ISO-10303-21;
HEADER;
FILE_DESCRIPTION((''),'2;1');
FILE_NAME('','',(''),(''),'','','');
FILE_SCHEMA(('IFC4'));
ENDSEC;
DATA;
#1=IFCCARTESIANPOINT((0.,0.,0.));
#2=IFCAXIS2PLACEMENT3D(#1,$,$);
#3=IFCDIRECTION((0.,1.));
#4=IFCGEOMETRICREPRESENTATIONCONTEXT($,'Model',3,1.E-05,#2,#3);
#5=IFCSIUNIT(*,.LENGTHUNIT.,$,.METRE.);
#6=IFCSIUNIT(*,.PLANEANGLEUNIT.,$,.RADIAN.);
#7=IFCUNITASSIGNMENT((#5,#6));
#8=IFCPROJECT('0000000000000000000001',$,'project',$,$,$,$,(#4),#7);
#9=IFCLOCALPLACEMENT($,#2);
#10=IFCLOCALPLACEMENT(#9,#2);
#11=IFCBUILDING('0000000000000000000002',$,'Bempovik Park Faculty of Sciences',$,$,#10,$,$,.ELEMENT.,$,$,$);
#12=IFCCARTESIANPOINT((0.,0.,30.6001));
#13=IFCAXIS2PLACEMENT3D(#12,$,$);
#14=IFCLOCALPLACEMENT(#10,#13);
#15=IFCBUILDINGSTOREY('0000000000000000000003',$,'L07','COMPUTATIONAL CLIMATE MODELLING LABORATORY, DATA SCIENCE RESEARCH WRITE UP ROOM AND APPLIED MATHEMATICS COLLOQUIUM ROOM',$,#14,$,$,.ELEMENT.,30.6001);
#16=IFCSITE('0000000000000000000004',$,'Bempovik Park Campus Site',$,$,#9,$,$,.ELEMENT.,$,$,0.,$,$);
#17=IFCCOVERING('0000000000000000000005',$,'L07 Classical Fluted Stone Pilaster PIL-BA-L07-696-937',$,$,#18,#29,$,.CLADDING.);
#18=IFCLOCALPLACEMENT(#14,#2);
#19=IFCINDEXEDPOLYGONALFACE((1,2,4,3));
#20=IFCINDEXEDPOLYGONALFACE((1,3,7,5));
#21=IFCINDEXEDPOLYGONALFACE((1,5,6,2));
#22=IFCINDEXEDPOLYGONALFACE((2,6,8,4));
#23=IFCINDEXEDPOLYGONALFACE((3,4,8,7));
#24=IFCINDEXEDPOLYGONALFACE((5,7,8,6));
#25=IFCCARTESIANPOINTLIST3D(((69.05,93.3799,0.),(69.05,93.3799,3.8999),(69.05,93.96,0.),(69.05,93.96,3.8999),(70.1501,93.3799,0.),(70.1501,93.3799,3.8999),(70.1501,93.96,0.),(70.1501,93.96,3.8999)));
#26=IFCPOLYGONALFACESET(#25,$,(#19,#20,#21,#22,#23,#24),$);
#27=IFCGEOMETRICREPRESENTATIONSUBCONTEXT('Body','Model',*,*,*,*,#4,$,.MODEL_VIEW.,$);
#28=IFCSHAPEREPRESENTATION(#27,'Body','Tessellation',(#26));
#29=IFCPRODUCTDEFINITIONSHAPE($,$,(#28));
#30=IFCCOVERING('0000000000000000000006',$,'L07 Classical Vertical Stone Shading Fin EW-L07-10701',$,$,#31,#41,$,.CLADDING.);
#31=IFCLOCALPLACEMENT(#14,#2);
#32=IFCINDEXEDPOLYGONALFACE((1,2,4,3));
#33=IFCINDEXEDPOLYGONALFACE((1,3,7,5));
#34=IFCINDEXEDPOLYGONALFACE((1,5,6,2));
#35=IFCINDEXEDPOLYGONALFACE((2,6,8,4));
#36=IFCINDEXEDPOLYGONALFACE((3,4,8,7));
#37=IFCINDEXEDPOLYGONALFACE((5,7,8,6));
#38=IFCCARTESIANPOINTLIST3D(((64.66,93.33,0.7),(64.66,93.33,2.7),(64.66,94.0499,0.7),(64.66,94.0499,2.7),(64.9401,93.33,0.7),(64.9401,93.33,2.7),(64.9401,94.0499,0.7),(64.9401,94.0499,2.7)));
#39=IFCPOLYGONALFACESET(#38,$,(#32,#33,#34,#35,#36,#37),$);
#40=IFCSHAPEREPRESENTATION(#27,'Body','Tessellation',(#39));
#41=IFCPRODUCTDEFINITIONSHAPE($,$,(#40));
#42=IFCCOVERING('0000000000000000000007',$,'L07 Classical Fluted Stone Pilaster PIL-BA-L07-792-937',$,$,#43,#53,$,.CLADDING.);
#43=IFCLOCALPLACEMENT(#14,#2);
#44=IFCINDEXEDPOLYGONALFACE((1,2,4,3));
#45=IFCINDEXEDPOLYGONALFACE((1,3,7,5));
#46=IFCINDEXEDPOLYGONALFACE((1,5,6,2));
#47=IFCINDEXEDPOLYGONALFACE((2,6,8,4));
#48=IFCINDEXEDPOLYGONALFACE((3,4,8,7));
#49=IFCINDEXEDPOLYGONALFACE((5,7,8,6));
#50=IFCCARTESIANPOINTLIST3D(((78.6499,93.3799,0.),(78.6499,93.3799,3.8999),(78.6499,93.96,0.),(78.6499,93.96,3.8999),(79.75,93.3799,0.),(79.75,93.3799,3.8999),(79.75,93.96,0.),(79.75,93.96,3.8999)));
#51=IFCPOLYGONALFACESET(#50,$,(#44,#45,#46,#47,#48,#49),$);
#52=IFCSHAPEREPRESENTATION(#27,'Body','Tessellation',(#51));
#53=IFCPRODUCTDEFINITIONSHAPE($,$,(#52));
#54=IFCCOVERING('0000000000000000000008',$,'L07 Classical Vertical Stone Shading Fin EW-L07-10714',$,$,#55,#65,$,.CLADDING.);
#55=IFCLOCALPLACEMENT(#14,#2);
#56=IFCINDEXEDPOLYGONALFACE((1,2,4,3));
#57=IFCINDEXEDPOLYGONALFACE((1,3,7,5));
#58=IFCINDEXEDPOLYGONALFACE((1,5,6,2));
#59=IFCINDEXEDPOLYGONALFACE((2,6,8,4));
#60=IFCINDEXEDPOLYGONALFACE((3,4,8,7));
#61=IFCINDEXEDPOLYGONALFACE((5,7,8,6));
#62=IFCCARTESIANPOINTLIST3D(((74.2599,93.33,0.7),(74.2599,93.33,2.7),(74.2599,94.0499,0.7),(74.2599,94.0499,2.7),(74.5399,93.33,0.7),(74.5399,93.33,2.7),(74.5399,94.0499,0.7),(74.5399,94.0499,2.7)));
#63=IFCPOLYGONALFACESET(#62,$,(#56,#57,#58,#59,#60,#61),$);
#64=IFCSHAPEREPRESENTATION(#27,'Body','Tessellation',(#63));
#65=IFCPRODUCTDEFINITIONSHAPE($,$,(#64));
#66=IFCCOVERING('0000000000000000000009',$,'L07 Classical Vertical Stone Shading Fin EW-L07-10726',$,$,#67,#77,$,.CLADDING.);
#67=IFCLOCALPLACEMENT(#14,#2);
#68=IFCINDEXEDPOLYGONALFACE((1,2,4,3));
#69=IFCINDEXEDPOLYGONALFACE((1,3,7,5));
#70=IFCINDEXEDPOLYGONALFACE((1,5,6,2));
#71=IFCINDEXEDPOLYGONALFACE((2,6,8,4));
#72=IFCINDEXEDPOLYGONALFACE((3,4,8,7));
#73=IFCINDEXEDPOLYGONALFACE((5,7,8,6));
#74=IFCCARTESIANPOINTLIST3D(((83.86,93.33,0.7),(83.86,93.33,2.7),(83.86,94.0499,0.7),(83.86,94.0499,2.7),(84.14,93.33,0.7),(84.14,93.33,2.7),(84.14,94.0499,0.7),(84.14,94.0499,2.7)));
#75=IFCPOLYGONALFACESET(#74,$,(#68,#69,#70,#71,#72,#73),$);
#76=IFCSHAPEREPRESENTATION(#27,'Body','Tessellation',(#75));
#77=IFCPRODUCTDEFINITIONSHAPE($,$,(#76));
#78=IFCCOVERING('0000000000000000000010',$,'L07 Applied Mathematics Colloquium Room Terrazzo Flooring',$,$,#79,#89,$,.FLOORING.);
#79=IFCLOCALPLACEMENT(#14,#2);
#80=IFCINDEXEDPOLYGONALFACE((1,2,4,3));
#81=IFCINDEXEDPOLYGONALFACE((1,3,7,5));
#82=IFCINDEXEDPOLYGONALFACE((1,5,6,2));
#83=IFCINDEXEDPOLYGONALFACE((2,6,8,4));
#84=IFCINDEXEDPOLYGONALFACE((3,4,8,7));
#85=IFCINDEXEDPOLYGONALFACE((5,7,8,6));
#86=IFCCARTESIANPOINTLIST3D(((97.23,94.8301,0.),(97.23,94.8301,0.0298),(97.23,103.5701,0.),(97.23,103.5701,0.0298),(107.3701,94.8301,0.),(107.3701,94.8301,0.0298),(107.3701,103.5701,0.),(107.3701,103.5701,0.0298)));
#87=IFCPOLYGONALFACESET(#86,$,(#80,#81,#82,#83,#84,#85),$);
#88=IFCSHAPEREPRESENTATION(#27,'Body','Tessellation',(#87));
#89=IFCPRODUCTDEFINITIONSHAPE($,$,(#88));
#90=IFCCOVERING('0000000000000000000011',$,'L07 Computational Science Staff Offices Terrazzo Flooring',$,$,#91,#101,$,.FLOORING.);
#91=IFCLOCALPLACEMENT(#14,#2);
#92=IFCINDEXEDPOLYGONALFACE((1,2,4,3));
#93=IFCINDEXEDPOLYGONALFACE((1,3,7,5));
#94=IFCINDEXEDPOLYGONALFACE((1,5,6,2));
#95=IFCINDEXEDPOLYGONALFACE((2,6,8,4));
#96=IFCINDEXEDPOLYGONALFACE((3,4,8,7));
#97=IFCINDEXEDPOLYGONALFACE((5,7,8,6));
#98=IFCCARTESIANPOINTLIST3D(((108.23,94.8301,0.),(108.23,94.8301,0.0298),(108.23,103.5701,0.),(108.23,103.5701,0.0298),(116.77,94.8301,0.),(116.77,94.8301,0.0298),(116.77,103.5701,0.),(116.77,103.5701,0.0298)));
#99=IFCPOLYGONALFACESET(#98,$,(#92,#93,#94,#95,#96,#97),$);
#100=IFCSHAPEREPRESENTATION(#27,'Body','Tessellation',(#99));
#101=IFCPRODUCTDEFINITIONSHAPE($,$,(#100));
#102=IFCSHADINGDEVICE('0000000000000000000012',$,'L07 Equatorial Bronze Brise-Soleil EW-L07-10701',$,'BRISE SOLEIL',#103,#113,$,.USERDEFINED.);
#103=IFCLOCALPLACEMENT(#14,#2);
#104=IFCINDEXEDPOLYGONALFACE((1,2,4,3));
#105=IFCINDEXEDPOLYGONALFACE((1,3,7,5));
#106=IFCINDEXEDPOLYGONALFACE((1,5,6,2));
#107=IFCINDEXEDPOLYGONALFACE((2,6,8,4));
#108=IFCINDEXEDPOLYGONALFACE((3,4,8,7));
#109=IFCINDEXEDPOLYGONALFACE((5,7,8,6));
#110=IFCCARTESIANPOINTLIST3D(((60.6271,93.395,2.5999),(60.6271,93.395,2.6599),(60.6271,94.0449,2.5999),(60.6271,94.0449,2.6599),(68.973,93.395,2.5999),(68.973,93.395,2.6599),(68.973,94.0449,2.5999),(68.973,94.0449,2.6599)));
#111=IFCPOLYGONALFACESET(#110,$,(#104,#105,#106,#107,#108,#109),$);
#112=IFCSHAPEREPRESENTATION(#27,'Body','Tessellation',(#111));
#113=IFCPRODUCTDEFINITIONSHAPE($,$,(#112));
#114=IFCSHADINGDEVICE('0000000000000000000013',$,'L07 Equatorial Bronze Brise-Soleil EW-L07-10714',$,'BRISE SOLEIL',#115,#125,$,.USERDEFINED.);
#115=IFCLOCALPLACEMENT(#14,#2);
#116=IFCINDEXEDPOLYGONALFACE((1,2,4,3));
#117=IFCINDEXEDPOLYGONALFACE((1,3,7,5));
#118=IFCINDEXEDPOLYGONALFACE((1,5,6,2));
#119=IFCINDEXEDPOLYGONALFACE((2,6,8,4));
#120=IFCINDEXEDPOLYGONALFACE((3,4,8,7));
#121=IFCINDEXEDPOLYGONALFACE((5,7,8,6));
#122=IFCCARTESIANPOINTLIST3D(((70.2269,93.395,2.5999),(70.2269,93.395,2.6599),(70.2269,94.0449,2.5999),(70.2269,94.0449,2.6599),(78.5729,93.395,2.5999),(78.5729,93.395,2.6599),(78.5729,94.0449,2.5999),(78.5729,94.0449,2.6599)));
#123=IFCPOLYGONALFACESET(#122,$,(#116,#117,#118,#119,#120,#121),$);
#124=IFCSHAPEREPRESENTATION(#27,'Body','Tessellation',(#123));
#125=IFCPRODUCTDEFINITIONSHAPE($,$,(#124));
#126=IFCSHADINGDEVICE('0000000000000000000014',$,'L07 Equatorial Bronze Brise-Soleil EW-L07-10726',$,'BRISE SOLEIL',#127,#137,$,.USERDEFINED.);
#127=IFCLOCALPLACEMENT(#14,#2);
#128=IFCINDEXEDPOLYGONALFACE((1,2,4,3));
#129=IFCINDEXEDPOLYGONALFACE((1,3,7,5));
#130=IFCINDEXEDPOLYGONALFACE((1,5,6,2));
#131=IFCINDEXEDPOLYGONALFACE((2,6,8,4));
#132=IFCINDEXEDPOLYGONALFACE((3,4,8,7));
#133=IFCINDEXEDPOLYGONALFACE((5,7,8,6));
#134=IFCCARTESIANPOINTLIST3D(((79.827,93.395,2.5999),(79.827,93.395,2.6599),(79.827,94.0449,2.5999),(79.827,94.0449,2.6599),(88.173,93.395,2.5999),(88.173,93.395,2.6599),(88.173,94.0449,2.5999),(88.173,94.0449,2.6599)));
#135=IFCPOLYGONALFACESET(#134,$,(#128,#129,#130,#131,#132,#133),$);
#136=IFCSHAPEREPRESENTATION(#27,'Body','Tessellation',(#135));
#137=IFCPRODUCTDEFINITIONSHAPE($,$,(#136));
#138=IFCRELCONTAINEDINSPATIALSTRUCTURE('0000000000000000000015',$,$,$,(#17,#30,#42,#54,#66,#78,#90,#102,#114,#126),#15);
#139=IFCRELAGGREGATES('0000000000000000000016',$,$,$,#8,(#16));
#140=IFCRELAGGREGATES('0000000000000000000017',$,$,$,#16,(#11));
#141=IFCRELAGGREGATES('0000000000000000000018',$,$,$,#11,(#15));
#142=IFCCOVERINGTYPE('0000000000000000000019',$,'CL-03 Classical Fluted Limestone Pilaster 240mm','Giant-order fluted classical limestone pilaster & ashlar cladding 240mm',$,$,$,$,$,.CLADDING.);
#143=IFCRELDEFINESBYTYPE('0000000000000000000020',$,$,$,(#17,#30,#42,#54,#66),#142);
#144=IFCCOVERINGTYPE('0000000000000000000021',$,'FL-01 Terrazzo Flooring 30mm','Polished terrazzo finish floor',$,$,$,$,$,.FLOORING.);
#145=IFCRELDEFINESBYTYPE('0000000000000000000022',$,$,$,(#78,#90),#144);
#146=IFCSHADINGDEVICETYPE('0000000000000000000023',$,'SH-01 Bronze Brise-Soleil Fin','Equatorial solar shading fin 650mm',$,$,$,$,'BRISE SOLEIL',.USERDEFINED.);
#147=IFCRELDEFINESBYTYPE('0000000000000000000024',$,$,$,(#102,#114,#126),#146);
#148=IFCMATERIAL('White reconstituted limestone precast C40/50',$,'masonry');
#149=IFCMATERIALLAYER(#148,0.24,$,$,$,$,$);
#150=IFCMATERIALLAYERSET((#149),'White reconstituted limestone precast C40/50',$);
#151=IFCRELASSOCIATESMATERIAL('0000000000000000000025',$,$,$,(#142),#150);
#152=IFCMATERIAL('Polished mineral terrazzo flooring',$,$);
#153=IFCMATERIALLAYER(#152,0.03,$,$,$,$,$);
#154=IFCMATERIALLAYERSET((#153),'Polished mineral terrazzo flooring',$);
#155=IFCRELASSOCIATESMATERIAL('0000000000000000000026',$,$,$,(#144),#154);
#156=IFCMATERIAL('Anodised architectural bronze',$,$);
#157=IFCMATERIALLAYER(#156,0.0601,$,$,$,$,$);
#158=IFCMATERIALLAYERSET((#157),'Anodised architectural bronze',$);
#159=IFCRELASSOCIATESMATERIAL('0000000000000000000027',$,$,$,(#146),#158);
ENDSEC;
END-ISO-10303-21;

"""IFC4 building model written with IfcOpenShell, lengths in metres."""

from ifc_helpers import new_model, si_unit, direction, frame, origin, origin_2d, place, context, subcontext, project, spatial, polyline, rectangle, outline, extrude, material, layer, layer_set, type_object, element, save


model = new_model("IFC4")

# Units and contexts
model_context = context("Model", 3, precision=1e-05, world=origin(), true_north=direction((0.0, 1.0)))
body_context = subcontext(model_context, "Body", "Model", "MODEL_VIEW")
ifc_project = project(units=[si_unit("LENGTHUNIT", "METRE"), si_unit("PLANEANGLEUNIT", "RADIAN")], contexts=[model_context])

# Site, building, storey
site_placement = place(None, origin())
site = spatial("IfcSite", under=ifc_project, at=site_placement, Name="Bempovik Park Campus Site", CompositionType="ELEMENT", RefElevation=0.0)
building_placement = place(site_placement, origin())
building = spatial("IfcBuilding", under=site, at=building_placement, Name="Bempovik Park Faculty of Sciences", CompositionType="ELEMENT")
storey_placement = place(building_placement, frame((0.0, 0.0, 30.6001)))
storey = spatial("IfcBuildingStorey", under=building, at=storey_placement, Name="L07", Description="COMPUTATIONAL CLIMATE MODELLING LABORATORY, DATA SCIENCE RESEARCH WRITE UP ROOM AND APPLIED MATHEMATICS COLLOQUIUM ROOM", CompositionType="ELEMENT", Elevation=30.6001)

# Coverings
ifc_material_1 = material(Name="White reconstituted limestone precast C40/50", Category="masonry")
ifc_layer_1 = layer(ifc_material_1, 0.24)
ifc_layer_set_1 = layer_set([ifc_layer_1], Name="White reconstituted limestone precast C40/50")
covering_type_1 = type_object("IfcCoveringType", Name="CL-03 Classical Fluted Limestone Pilaster 240mm", Description="Giant-order fluted classical limestone pilaster & ashlar cladding 240mm", PredefinedType="CLADDING", material=ifc_layer_set_1)
for number, where, z_axis, x_axis, name in (
    (1, (69.6001, 93.6699, 0.0), (0.0, 0.0, 1.0), (1.0, 0.0, 0.0), "L07 Classical Fluted Stone Pilaster PIL-BA-L07-696-937"),
):
    element("IfcCovering", number, at=place(storey_placement, frame(where, z_axis=z_axis, x_axis=x_axis)), inside=storey, type_object=covering_type_1, Name=name, PredefinedType="CLADDING", context=body_context, shape_type="SweptSolid", body=[
        extrude(rectangle(XDim=1.1001, YDim=0.5801, at=origin_2d()), origin(), (0.0, 0.0, 1.0), 3.8999),
    ])
covering_1_placement = place(storey_placement, frame((64.8, 93.6899, 0.7), z_axis=(0.0, 0.0, 1.0), x_axis=(1.0, 0.0, 0.0)))
element("IfcCovering", 2, at=covering_1_placement, inside=storey, type_object=covering_type_1, Name="L07 Classical Vertical Stone Shading Fin EW-L07-10701", PredefinedType="CLADDING", context=body_context, shape_type="SweptSolid", body=[
    extrude(rectangle(XDim=0.28, YDim=0.72, at=origin_2d()), origin(), (0.0, 0.0, 1.0), 2.0),
])
covering_2_placement = place(storey_placement, frame((79.2, 93.6699, 0.0), z_axis=(0.0, 0.0, 1.0), x_axis=(1.0, 0.0, 0.0)))
element("IfcCovering", 3, at=covering_2_placement, inside=storey, type_object=covering_type_1, Name="L07 Classical Fluted Stone Pilaster PIL-BA-L07-792-937", PredefinedType="CLADDING", context=body_context, shape_type="SweptSolid", body=[
    extrude(rectangle(XDim=1.1001, YDim=0.5801, at=origin_2d()), origin(), (0.0, 0.0, 1.0), 3.8999),
])
for number, where, z_axis, x_axis, name in (
    (4, (74.3999, 93.6899, 0.7), (0.0, 0.0, 1.0), (1.0, 0.0, 0.0), "L07 Classical Vertical Stone Shading Fin EW-L07-10714"),
    (5, (84.0, 93.6899, 0.7), (0.0, 0.0, 1.0), (1.0, 0.0, 0.0), "L07 Classical Vertical Stone Shading Fin EW-L07-10726"),
):
    element("IfcCovering", number, at=place(storey_placement, frame(where, z_axis=z_axis, x_axis=x_axis)), inside=storey, type_object=covering_type_1, Name=name, PredefinedType="CLADDING", context=body_context, shape_type="SweptSolid", body=[
        extrude(rectangle(XDim=0.28, YDim=0.72, at=origin_2d()), origin(), (0.0, 0.0, 1.0), 2.0),
    ])
ifc_material_2 = material(Name="Polished mineral terrazzo flooring")
ifc_layer_2 = layer(ifc_material_2, 0.03)
ifc_layer_set_2 = layer_set([ifc_layer_2], Name="Polished mineral terrazzo flooring")
covering_type_2 = type_object("IfcCoveringType", Name="FL-01 Terrazzo Flooring 30mm", Description="Polished terrazzo finish floor", PredefinedType="FLOORING", material=ifc_layer_set_2)
covering_3_placement = place(storey_placement, origin())
element("IfcCovering", 6, at=covering_3_placement, inside=storey, type_object=covering_type_2, Name="L07 Applied Mathematics Colloquium Room Terrazzo Flooring", PredefinedType="FLOORING", context=body_context, shape_type="SweptSolid", body=[
    extrude(outline(polyline([(97.23, 94.8301), (107.3701, 94.8301), (107.3701, 103.5701), (97.23, 103.5701), (97.23, 94.8301)])), origin(), (0.0, 0.0, 1.0), 0.0298),
])
covering_4_placement = place(storey_placement, origin())
element("IfcCovering", 7, at=covering_4_placement, inside=storey, type_object=covering_type_2, Name="L07 Computational Science Staff Offices Terrazzo Flooring", PredefinedType="FLOORING", context=body_context, shape_type="SweptSolid", body=[
    extrude(outline(polyline([(108.23, 94.8301), (116.77, 94.8301), (116.77, 103.5701), (108.23, 103.5701), (108.23, 94.8301)])), origin(), (0.0, 0.0, 1.0), 0.0298),
])

# Shading devices
ifc_material_3 = material(Name="Anodised architectural bronze")
ifc_layer_3 = layer(ifc_material_3, 0.0601)
ifc_layer_set_3 = layer_set([ifc_layer_3], Name="Anodised architectural bronze")
shading_device_type = type_object("IfcShadingDeviceType", Name="SH-01 Bronze Brise-Soleil Fin", Description="Equatorial solar shading fin 650mm", ElementType="BRISE SOLEIL", PredefinedType="USERDEFINED", material=ifc_layer_set_3)
for number, where, z_axis, x_axis, name in (
    (8, (64.8, 93.72, 2.5999), (0.0, 0.0, 1.0), (1.0, 0.0, 0.0), "L07 Equatorial Bronze Brise-Soleil EW-L07-10701"),
    (9, (74.3999, 93.72, 2.5999), (0.0, 0.0, 1.0), (1.0, 0.0, 0.0), "L07 Equatorial Bronze Brise-Soleil EW-L07-10714"),
    (10, (84.0, 93.72, 2.5999), (0.0, 0.0, 1.0), (1.0, 0.0, 0.0), "L07 Equatorial Bronze Brise-Soleil EW-L07-10726"),
):
    element("IfcShadingDevice", number, at=place(storey_placement, frame(where, z_axis=z_axis, x_axis=x_axis)), inside=storey, type_object=shading_device_type, Name=name, ObjectType="BRISE SOLEIL", PredefinedType="USERDEFINED", context=body_context, shape_type="SweptSolid", body=[
        extrude(rectangle(XDim=8.3459, YDim=0.6499, at=origin_2d()), origin(), (0.0, 0.0, 1.0), 0.0601),
    ])

save(model, "model.ifc")
